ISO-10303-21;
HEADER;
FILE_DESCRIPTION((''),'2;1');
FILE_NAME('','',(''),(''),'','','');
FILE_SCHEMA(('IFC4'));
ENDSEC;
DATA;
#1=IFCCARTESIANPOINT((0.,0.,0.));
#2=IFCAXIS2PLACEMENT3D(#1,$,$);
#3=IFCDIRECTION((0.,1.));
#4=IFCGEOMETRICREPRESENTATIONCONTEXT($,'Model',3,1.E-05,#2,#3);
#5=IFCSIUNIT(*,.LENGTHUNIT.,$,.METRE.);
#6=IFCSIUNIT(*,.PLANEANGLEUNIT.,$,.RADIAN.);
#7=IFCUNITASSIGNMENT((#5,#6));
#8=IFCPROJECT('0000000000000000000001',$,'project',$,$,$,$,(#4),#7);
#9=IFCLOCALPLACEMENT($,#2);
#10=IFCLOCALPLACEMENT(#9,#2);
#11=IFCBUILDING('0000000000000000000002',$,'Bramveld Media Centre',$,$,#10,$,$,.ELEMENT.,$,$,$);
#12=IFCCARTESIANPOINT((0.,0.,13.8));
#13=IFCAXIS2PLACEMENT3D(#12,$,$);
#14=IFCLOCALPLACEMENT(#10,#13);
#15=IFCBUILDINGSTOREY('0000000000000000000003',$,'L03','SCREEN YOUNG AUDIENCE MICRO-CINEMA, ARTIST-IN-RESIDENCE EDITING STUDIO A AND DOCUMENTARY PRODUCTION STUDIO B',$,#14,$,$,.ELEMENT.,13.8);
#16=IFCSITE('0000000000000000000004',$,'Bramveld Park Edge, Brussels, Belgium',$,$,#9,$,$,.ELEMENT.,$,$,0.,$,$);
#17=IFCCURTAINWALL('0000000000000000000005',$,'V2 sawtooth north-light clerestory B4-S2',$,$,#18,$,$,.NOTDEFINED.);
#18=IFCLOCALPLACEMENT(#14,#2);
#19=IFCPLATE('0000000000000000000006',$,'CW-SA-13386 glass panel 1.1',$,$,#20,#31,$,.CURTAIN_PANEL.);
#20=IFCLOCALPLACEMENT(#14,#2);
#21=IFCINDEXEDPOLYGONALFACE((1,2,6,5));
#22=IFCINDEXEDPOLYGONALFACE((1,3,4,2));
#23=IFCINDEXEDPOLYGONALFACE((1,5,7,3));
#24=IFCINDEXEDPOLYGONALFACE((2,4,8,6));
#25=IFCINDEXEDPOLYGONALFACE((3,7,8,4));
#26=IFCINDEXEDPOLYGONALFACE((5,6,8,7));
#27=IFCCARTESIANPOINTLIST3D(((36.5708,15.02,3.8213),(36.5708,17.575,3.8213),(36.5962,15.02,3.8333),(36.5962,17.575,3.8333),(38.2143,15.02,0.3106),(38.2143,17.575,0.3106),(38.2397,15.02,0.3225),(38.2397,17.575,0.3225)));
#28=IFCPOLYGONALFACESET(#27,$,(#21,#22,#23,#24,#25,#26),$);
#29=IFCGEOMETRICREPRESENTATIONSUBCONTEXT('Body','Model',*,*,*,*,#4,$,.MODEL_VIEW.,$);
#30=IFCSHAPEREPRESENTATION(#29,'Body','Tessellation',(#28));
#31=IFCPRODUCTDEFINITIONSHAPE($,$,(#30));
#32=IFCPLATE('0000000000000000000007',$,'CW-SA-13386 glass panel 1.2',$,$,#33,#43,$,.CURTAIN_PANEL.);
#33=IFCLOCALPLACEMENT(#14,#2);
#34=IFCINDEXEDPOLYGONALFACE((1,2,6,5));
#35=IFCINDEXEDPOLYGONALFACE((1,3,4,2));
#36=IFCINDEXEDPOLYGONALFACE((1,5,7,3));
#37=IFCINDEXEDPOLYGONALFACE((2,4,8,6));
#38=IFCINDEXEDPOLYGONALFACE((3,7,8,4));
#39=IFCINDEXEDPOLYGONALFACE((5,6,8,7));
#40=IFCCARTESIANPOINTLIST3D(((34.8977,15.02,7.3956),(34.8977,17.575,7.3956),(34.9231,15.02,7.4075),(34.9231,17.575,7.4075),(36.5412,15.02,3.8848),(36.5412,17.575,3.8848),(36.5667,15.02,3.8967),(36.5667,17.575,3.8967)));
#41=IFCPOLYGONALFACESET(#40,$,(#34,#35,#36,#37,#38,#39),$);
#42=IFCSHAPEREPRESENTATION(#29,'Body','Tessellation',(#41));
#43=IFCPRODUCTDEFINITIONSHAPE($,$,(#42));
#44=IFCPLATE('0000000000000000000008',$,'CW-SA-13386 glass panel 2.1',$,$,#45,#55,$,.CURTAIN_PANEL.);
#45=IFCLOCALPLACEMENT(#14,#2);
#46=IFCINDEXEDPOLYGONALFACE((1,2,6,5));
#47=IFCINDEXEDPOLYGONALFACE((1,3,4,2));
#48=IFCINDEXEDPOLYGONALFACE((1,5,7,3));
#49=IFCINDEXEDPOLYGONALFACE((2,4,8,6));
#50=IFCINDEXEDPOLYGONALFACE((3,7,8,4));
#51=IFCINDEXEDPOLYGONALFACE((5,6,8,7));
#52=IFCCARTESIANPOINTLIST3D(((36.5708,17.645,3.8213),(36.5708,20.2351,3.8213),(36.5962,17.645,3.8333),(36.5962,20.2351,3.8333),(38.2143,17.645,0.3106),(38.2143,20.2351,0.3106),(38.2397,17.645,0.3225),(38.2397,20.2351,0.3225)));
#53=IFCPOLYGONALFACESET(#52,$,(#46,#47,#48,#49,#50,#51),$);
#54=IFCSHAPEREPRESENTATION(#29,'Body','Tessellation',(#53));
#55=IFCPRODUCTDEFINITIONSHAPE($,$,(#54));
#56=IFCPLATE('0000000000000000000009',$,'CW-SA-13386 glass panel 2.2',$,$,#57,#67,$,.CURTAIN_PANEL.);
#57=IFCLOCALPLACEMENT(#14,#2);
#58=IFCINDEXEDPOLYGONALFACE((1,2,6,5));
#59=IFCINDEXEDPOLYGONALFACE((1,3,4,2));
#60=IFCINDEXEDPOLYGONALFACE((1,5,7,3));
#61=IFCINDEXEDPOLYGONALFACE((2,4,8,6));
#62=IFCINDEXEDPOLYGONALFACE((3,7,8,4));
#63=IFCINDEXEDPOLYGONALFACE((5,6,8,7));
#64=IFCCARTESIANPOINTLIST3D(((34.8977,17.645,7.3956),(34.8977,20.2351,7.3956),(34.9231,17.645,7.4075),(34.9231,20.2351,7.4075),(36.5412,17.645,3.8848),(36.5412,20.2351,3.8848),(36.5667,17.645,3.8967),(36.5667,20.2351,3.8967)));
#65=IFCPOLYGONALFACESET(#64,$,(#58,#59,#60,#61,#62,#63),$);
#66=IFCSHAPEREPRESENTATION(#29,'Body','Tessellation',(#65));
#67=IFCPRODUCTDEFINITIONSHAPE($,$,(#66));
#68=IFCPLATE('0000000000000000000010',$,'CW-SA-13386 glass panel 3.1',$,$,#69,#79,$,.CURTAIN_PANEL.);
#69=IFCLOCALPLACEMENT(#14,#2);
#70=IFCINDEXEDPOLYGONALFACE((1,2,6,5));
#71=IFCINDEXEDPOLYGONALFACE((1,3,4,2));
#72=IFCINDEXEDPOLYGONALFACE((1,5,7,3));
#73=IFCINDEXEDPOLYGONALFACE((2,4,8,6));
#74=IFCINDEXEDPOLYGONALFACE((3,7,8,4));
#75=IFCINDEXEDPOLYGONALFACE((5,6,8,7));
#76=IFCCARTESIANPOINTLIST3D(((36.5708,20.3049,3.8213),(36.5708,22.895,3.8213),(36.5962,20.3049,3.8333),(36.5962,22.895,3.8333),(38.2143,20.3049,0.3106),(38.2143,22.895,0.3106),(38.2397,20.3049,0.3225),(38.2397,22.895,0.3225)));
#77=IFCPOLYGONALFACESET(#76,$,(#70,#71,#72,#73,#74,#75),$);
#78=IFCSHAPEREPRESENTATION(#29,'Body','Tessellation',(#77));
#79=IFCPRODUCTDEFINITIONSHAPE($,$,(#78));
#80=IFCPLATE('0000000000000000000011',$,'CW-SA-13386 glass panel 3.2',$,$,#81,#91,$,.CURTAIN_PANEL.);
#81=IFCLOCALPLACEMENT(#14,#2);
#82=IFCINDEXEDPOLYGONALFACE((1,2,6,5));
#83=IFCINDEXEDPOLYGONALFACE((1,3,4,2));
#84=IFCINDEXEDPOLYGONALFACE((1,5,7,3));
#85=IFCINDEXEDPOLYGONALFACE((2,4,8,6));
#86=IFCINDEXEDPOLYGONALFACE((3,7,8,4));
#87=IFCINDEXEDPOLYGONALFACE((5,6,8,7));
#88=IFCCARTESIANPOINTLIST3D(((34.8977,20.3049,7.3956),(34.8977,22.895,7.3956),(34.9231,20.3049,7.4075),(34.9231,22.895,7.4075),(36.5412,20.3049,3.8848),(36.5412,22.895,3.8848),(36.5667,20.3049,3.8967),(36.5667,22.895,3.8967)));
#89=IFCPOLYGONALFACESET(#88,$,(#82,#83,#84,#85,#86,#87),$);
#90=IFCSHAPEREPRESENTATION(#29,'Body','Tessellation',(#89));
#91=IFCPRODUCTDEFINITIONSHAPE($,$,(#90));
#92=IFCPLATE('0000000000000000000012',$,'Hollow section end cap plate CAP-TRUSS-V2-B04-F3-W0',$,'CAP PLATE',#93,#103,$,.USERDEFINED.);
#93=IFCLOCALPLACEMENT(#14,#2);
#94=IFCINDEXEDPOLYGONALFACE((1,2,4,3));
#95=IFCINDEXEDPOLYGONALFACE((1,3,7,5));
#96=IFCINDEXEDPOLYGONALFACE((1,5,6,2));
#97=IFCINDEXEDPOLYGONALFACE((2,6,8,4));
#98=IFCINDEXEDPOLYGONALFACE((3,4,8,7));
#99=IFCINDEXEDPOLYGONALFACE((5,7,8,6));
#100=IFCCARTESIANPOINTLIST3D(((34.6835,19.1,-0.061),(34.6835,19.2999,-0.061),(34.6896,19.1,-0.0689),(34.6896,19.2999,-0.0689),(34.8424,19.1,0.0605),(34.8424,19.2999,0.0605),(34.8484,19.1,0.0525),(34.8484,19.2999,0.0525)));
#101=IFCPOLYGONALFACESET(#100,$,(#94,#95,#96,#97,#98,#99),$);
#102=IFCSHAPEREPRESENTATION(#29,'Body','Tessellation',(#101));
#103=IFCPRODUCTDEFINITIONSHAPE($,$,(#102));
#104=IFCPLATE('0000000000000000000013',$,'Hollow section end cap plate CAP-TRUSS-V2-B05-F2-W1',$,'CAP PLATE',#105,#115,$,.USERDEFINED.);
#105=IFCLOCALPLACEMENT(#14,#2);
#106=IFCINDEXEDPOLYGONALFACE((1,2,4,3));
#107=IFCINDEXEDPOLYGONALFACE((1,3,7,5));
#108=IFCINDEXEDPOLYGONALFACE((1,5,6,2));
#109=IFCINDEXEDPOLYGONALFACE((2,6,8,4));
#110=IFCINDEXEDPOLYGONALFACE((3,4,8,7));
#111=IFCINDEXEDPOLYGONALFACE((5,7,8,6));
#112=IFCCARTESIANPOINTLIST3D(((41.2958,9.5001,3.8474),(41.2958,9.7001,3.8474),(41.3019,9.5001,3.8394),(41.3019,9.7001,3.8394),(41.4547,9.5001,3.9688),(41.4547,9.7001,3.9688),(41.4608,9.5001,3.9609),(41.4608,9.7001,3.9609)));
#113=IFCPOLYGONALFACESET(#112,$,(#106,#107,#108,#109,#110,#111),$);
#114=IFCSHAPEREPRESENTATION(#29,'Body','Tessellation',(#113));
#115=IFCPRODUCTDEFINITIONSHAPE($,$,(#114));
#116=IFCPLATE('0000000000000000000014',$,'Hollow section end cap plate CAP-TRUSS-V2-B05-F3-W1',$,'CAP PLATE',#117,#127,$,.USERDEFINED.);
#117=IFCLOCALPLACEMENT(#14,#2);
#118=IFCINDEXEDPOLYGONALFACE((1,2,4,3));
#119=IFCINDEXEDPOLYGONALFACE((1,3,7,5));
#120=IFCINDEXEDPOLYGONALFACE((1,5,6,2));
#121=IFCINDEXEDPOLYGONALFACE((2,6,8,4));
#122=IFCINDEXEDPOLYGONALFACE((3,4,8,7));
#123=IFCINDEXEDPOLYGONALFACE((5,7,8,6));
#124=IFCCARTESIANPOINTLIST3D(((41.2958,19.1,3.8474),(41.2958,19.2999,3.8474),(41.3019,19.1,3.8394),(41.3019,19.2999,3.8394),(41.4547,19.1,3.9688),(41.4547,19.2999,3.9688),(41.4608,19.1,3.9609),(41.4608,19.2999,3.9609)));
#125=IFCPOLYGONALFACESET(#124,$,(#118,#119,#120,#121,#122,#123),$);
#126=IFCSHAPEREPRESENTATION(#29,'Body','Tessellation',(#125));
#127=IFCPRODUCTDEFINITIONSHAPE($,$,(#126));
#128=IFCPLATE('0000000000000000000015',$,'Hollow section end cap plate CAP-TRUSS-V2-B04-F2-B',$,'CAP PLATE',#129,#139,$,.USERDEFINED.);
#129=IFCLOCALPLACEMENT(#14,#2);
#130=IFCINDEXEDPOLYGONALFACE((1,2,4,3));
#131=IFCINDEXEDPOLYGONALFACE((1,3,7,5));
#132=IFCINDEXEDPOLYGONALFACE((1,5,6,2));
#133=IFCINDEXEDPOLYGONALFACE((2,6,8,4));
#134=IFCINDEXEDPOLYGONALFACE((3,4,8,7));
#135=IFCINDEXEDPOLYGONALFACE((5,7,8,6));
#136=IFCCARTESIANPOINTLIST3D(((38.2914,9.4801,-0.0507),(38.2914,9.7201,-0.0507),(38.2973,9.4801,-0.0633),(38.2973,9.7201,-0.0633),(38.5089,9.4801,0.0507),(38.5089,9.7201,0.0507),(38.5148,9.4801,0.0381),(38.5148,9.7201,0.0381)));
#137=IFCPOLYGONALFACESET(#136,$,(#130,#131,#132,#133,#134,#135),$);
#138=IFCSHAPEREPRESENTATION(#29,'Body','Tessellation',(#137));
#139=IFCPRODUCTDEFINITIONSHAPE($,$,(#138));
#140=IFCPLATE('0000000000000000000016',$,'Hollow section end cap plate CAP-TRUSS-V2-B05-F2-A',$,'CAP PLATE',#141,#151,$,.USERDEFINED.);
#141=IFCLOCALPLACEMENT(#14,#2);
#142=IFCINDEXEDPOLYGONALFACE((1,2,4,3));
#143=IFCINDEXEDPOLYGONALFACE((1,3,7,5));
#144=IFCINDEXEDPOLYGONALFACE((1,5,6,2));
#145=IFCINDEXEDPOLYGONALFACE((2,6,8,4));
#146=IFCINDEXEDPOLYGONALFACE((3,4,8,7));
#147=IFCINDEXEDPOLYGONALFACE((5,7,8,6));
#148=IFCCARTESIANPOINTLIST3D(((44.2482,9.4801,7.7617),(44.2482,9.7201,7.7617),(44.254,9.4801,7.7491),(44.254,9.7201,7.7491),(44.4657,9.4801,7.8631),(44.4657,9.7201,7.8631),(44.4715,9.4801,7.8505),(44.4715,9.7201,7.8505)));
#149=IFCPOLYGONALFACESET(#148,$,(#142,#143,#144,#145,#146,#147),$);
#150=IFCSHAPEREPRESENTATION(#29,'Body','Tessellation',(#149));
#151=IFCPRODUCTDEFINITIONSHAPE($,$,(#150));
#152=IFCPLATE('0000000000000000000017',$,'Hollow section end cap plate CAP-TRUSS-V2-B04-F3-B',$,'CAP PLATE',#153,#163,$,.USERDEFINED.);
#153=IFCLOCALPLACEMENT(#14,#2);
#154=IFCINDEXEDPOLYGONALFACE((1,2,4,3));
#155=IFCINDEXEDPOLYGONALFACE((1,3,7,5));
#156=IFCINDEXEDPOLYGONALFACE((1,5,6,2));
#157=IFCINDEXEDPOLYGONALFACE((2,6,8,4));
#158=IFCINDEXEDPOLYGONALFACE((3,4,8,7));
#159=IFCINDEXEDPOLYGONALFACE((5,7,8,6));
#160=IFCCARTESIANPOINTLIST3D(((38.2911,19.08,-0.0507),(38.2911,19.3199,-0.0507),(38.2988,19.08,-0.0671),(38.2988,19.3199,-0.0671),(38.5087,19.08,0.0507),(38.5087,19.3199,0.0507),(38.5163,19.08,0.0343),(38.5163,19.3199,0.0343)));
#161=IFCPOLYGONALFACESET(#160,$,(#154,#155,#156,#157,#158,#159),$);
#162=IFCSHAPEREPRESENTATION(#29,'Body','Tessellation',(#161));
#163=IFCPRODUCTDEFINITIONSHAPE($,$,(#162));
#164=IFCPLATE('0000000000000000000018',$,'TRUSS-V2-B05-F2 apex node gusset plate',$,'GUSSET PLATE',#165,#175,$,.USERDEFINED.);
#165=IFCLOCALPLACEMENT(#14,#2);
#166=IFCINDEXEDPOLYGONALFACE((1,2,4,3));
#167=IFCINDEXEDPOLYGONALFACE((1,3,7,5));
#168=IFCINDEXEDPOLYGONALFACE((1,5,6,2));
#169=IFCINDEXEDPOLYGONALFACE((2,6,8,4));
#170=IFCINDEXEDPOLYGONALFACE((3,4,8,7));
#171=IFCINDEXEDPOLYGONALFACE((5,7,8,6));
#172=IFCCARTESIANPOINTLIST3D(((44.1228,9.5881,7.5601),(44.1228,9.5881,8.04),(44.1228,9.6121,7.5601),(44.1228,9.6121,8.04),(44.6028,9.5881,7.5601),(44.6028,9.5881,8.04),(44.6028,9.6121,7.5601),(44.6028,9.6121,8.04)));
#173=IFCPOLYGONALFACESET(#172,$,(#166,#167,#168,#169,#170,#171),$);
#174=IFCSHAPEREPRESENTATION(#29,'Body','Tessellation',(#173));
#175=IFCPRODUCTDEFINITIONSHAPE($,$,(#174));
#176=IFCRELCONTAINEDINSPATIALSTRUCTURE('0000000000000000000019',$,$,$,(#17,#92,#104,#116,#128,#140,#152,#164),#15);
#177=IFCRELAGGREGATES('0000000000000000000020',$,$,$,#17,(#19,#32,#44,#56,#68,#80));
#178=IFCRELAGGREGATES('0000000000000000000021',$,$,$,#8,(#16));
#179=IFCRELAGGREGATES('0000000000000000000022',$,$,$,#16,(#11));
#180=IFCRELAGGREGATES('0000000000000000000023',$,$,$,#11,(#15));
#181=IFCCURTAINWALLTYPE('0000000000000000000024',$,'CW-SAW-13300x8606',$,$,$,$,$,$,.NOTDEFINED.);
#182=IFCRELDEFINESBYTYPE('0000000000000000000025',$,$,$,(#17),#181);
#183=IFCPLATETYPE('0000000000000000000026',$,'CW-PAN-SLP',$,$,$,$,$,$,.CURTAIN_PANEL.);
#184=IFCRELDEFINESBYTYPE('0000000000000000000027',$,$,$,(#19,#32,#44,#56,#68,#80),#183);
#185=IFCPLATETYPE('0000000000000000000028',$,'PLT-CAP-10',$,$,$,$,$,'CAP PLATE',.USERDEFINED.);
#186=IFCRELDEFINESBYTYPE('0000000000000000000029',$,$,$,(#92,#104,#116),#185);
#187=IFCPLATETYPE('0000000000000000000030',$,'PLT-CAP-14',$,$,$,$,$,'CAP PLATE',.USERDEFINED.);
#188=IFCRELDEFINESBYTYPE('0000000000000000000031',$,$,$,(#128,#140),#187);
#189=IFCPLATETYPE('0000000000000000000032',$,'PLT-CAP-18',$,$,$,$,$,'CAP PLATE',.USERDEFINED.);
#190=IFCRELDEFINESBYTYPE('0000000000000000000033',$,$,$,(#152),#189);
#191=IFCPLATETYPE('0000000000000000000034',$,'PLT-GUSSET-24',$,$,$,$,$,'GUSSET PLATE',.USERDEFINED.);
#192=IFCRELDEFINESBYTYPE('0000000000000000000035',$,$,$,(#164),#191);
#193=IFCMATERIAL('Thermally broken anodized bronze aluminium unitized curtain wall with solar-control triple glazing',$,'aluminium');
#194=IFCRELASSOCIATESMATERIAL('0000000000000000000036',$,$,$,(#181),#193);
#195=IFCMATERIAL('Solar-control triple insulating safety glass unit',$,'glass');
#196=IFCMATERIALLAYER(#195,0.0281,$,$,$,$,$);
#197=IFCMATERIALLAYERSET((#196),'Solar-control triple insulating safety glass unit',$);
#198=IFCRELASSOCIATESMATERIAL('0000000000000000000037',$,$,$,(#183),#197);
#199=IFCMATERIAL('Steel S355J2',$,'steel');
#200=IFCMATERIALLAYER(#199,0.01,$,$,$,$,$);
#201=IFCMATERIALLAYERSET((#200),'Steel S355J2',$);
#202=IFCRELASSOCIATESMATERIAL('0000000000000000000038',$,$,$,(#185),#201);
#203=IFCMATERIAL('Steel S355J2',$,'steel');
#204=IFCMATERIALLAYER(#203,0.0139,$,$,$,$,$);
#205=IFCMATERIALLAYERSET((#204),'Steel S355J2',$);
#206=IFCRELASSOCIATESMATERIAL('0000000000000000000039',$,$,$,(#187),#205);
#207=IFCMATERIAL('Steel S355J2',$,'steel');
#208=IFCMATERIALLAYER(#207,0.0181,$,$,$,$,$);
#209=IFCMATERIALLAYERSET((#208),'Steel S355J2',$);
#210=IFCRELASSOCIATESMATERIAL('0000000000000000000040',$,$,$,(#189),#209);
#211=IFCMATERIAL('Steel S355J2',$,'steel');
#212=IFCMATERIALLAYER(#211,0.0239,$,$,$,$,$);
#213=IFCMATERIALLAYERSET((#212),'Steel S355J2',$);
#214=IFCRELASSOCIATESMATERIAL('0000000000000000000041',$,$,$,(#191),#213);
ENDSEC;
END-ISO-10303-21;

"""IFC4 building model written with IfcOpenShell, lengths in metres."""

from ifc_helpers import new_model, si_unit, direction, frame, origin, origin_2d, place, context, subcontext, project, spatial, polyline, rectangle, outline, extrude, material, layer, layer_set, type_object, element, aggregate, save


model = new_model("IFC4")

# Units and contexts
model_context = context("Model", 3, precision=1e-05, world=origin(), true_north=direction((0.0, 1.0)))
body_context = subcontext(model_context, "Body", "Model", "MODEL_VIEW")
ifc_project = project(units=[si_unit("LENGTHUNIT", "METRE"), si_unit("PLANEANGLEUNIT", "RADIAN")], contexts=[model_context])

# Site, building, storey
site_placement = place(None, origin())
site = spatial("IfcSite", under=ifc_project, at=site_placement, Name="Bramveld Park Edge, Brussels, Belgium", CompositionType="ELEMENT", RefElevation=0.0)
building_placement = place(site_placement, origin())
building = spatial("IfcBuilding", under=site, at=building_placement, Name="Bramveld Media Centre", CompositionType="ELEMENT")
storey_placement = place(building_placement, frame((0.0, 0.0, 13.8)))
storey = spatial("IfcBuildingStorey", under=building, at=storey_placement, Name="L03", Description="SCREEN YOUNG AUDIENCE MICRO-CINEMA, ARTIST-IN-RESIDENCE EDITING STUDIO A AND DOCUMENTARY PRODUCTION STUDIO B", CompositionType="ELEMENT", Elevation=13.8)

# Curtain wall
ifc_material_1 = material(Name="Thermally broken anodized bronze aluminium unitized curtain wall with solar-control triple glazing", Category="aluminium")
curtain_wall_type = type_object("IfcCurtainWallType", Name="CW-SAW-13300x8606", PredefinedType="NOTDEFINED", material=ifc_material_1)
curtain_wall_1_placement = place(storey_placement, origin())
curtain_wall_1 = element("IfcCurtainWall", 1, at=curtain_wall_1_placement, inside=storey, type_object=curtain_wall_type, Name="V2 sawtooth north-light clerestory B4-S2", PredefinedType="NOTDEFINED")

# Plates
ifc_material_2 = material(Name="Solar-control triple insulating safety glass unit", Category="glass")
ifc_layer_1 = layer(ifc_material_2, 0.0281)
ifc_layer_set_1 = layer_set([ifc_layer_1], Name="Solar-control triple insulating safety glass unit")
plate_type_1 = type_object("IfcPlateType", Name="CW-PAN-SLP", PredefinedType="CURTAIN_PANEL", material=ifc_layer_set_1)
plate_1_placement = place(storey_placement, frame((38.2397, 15.02, 0.3225), z_axis=(0.905668, 0.0, 0.423988), x_axis=(0.0, 1.0, 0.0)))
plate_1 = element("IfcPlate", 2, at=plate_1_placement, type_object=plate_type_1, Name="CW-SA-13386 glass panel 1.1", PredefinedType="CURTAIN_PANEL", context=body_context, shape_type="SweptSolid", body=[
    extrude(outline(polyline([(0.0, 0.0), (2.5549, 0.0), (2.5549, 3.8764), (0.0, 3.8764), (0.0, 0.0)])), origin(), (0.0, 0.0, -1.0), 0.0281),
])
plate_2_placement = place(storey_placement, frame((36.5667, 15.02, 3.8967), z_axis=(0.905668, 0.0, 0.423988), x_axis=(0.0, 1.0, 0.0)))
plate_2 = element("IfcPlate", 3, at=plate_2_placement, type_object=plate_type_1, Name="CW-SA-13386 glass panel 1.2", PredefinedType="CURTAIN_PANEL", context=body_context, shape_type="SweptSolid", body=[
    extrude(outline(polyline([(0.0, 0.0), (2.5549, 0.0), (2.5549, 3.8764), (0.0, 3.8764), (0.0, 0.0)])), origin(), (0.0, 0.0, -1.0), 0.0281),
])
plate_3_placement = place(storey_placement, frame((38.2397, 17.645, 0.3225), z_axis=(0.905668, 0.0, 0.423988), x_axis=(0.0, 1.0, 0.0)))
plate_3 = element("IfcPlate", 4, at=plate_3_placement, type_object=plate_type_1, Name="CW-SA-13386 glass panel 2.1", PredefinedType="CURTAIN_PANEL", context=body_context, shape_type="SweptSolid", body=[
    extrude(outline(polyline([(0.0, 0.0), (2.5901, 0.0), (2.5901, 3.8764), (0.0, 3.8764), (0.0, 0.0)])), origin(), (0.0, 0.0, -1.0), 0.0281),
])
plate_4_placement = place(storey_placement, frame((36.5667, 17.645, 3.8967), z_axis=(0.905668, 0.0, 0.423988), x_axis=(0.0, 1.0, 0.0)))
plate_4 = element("IfcPlate", 5, at=plate_4_placement, type_object=plate_type_1, Name="CW-SA-13386 glass panel 2.2", PredefinedType="CURTAIN_PANEL", context=body_context, shape_type="SweptSolid", body=[
    extrude(outline(polyline([(0.0, 0.0), (2.5901, 0.0), (2.5901, 3.8764), (0.0, 3.8764), (0.0, 0.0)])), origin(), (0.0, 0.0, -1.0), 0.0281),
])
plate_5_placement = place(storey_placement, frame((38.2397, 20.3049, 0.3225), z_axis=(0.905668, 0.0, 0.423988), x_axis=(0.0, 1.0, 0.0)))
plate_5 = element("IfcPlate", 6, at=plate_5_placement, type_object=plate_type_1, Name="CW-SA-13386 glass panel 3.1", PredefinedType="CURTAIN_PANEL", context=body_context, shape_type="SweptSolid", body=[
    extrude(outline(polyline([(0.0, 0.0), (2.5901, 0.0), (2.5901, 3.8764), (0.0, 3.8764), (0.0, 0.0)])), origin(), (0.0, 0.0, -1.0), 0.0281),
])
plate_6_placement = place(storey_placement, frame((36.5667, 20.3049, 3.8967), z_axis=(0.905668, 0.0, 0.423988), x_axis=(0.0, 1.0, 0.0)))
plate_6 = element("IfcPlate", 7, at=plate_6_placement, type_object=plate_type_1, Name="CW-SA-13386 glass panel 3.2", PredefinedType="CURTAIN_PANEL", context=body_context, shape_type="SweptSolid", body=[
    extrude(outline(polyline([(0.0, 0.0), (2.5901, 0.0), (2.5901, 3.8764), (0.0, 3.8764), (0.0, 0.0)])), origin(), (0.0, 0.0, -1.0), 0.0281),
])
aggregate(curtain_wall_1, [plate_1, plate_2, plate_3, plate_4, plate_5, plate_6])

# Plates
ifc_material_3 = material(Name="Steel S355J2", Category="steel")
ifc_layer_2 = layer(ifc_material_3, 0.01)
ifc_layer_set_2 = layer_set([ifc_layer_2], Name="Steel S355J2")
plate_type_2 = type_object("IfcPlateType", Name="PLT-CAP-10", ElementType="CAP PLATE", PredefinedType="USERDEFINED", material=ifc_layer_set_2)
for number, where, z_axis, x_axis, name in (
    (8, (34.7629, 19.2, -0.0002), (0.607328, 0.0, -0.794451), (0.0, 1.0, 0.0), "Hollow section end cap plate CAP-TRUSS-V2-B04-F3-W0"),
    (9, (41.3813, 9.6001, 3.9001), (-0.607328, 0.0, 0.794451), (0.0, -1.0, 0.0), "Hollow section end cap plate CAP-TRUSS-V2-B05-F2-W1"),
    (10, (41.3813, 19.2, 3.9001), (-0.607328, 0.0, 0.794451), (0.0, -1.0, 0.0), "Hollow section end cap plate CAP-TRUSS-V2-B05-F3-W1"),
):
    element("IfcPlate", number, at=place(storey_placement, frame(where, z_axis=z_axis, x_axis=x_axis)), inside=storey, type_object=plate_type_2, Name=name, ObjectType="CAP PLATE", PredefinedType="USERDEFINED", context=body_context, shape_type="SweptSolid", body=[
        extrude(rectangle(XDim=0.2, YDim=0.2, at=origin_2d()), origin(), (0.0, 0.0, 1.0), 0.01),
    ])
ifc_material_4 = material(Name="Steel S355J2", Category="steel")
ifc_layer_3 = layer(ifc_material_4, 0.0139)
ifc_layer_set_3 = layer_set([ifc_layer_3], Name="Steel S355J2")
plate_type_3 = type_object("IfcPlateType", Name="PLT-CAP-14", ElementType="CAP PLATE", PredefinedType="USERDEFINED", material=ifc_layer_set_3)
for number, where, z_axis, x_axis, name in (
    (11, (38.4001, 9.6001, 0.0), (0.422618, 0.0, -0.906308), (0.0, 1.0, 0.0), "Hollow section end cap plate CAP-TRUSS-V2-B04-F2-B"),
    (12, (44.3628, 9.6001, 7.7998), (-0.422618, 0.0, 0.906308), (0.0, -1.0, 0.0), "Hollow section end cap plate CAP-TRUSS-V2-B05-F2-A"),
):
    element("IfcPlate", number, at=place(storey_placement, frame(where, z_axis=z_axis, x_axis=x_axis)), inside=storey, type_object=plate_type_3, Name=name, ObjectType="CAP PLATE", PredefinedType="USERDEFINED", context=body_context, shape_type="SweptSolid", body=[
        extrude(rectangle(XDim=0.24, YDim=0.24, at=origin_2d()), origin(), (0.0, 0.0, 1.0), 0.0139),
    ])
ifc_material_5 = material(Name="Steel S355J2", Category="steel")
ifc_layer_4 = layer(ifc_material_5, 0.0181)
ifc_layer_set_4 = layer_set([ifc_layer_4], Name="Steel S355J2")
plate_type_4 = type_object("IfcPlateType", Name="PLT-CAP-18", ElementType="CAP PLATE", PredefinedType="USERDEFINED", material=ifc_layer_set_4)
plate_7_placement = place(storey_placement, frame((38.3999, 19.2, 0.0), z_axis=(0.422618, 0.0, -0.906308), x_axis=(0.0, 1.0, 0.0)))
element("IfcPlate", 13, at=plate_7_placement, inside=storey, type_object=plate_type_4, Name="Hollow section end cap plate CAP-TRUSS-V2-B04-F3-B", ObjectType="CAP PLATE", PredefinedType="USERDEFINED", context=body_context, shape_type="SweptSolid", body=[
    extrude(rectangle(XDim=0.24, YDim=0.24, at=origin_2d()), origin(), (0.0, 0.0, 1.0), 0.0181),
])
ifc_material_6 = material(Name="Steel S355J2", Category="steel")
ifc_layer_5 = layer(ifc_material_6, 0.0239)
ifc_layer_set_5 = layer_set([ifc_layer_5], Name="Steel S355J2")
plate_type_5 = type_object("IfcPlateType", Name="PLT-GUSSET-24", ElementType="GUSSET PLATE", PredefinedType="USERDEFINED", material=ifc_layer_set_5)
plate_8_placement = place(storey_placement, frame((44.3628, 9.6001, 7.5601), z_axis=(0.0, 0.0, 1.0), x_axis=(1.0, 0.0, 0.0)))
element("IfcPlate", 14, at=plate_8_placement, inside=storey, type_object=plate_type_5, Name="TRUSS-V2-B05-F2 apex node gusset plate", ObjectType="GUSSET PLATE", PredefinedType="USERDEFINED", context=body_context, shape_type="SweptSolid", body=[
    extrude(rectangle(XDim=0.48, YDim=0.0239, at=origin_2d()), origin(), (0.0, 0.0, 1.0), 0.48),
])

save(model, "model.ifc")
